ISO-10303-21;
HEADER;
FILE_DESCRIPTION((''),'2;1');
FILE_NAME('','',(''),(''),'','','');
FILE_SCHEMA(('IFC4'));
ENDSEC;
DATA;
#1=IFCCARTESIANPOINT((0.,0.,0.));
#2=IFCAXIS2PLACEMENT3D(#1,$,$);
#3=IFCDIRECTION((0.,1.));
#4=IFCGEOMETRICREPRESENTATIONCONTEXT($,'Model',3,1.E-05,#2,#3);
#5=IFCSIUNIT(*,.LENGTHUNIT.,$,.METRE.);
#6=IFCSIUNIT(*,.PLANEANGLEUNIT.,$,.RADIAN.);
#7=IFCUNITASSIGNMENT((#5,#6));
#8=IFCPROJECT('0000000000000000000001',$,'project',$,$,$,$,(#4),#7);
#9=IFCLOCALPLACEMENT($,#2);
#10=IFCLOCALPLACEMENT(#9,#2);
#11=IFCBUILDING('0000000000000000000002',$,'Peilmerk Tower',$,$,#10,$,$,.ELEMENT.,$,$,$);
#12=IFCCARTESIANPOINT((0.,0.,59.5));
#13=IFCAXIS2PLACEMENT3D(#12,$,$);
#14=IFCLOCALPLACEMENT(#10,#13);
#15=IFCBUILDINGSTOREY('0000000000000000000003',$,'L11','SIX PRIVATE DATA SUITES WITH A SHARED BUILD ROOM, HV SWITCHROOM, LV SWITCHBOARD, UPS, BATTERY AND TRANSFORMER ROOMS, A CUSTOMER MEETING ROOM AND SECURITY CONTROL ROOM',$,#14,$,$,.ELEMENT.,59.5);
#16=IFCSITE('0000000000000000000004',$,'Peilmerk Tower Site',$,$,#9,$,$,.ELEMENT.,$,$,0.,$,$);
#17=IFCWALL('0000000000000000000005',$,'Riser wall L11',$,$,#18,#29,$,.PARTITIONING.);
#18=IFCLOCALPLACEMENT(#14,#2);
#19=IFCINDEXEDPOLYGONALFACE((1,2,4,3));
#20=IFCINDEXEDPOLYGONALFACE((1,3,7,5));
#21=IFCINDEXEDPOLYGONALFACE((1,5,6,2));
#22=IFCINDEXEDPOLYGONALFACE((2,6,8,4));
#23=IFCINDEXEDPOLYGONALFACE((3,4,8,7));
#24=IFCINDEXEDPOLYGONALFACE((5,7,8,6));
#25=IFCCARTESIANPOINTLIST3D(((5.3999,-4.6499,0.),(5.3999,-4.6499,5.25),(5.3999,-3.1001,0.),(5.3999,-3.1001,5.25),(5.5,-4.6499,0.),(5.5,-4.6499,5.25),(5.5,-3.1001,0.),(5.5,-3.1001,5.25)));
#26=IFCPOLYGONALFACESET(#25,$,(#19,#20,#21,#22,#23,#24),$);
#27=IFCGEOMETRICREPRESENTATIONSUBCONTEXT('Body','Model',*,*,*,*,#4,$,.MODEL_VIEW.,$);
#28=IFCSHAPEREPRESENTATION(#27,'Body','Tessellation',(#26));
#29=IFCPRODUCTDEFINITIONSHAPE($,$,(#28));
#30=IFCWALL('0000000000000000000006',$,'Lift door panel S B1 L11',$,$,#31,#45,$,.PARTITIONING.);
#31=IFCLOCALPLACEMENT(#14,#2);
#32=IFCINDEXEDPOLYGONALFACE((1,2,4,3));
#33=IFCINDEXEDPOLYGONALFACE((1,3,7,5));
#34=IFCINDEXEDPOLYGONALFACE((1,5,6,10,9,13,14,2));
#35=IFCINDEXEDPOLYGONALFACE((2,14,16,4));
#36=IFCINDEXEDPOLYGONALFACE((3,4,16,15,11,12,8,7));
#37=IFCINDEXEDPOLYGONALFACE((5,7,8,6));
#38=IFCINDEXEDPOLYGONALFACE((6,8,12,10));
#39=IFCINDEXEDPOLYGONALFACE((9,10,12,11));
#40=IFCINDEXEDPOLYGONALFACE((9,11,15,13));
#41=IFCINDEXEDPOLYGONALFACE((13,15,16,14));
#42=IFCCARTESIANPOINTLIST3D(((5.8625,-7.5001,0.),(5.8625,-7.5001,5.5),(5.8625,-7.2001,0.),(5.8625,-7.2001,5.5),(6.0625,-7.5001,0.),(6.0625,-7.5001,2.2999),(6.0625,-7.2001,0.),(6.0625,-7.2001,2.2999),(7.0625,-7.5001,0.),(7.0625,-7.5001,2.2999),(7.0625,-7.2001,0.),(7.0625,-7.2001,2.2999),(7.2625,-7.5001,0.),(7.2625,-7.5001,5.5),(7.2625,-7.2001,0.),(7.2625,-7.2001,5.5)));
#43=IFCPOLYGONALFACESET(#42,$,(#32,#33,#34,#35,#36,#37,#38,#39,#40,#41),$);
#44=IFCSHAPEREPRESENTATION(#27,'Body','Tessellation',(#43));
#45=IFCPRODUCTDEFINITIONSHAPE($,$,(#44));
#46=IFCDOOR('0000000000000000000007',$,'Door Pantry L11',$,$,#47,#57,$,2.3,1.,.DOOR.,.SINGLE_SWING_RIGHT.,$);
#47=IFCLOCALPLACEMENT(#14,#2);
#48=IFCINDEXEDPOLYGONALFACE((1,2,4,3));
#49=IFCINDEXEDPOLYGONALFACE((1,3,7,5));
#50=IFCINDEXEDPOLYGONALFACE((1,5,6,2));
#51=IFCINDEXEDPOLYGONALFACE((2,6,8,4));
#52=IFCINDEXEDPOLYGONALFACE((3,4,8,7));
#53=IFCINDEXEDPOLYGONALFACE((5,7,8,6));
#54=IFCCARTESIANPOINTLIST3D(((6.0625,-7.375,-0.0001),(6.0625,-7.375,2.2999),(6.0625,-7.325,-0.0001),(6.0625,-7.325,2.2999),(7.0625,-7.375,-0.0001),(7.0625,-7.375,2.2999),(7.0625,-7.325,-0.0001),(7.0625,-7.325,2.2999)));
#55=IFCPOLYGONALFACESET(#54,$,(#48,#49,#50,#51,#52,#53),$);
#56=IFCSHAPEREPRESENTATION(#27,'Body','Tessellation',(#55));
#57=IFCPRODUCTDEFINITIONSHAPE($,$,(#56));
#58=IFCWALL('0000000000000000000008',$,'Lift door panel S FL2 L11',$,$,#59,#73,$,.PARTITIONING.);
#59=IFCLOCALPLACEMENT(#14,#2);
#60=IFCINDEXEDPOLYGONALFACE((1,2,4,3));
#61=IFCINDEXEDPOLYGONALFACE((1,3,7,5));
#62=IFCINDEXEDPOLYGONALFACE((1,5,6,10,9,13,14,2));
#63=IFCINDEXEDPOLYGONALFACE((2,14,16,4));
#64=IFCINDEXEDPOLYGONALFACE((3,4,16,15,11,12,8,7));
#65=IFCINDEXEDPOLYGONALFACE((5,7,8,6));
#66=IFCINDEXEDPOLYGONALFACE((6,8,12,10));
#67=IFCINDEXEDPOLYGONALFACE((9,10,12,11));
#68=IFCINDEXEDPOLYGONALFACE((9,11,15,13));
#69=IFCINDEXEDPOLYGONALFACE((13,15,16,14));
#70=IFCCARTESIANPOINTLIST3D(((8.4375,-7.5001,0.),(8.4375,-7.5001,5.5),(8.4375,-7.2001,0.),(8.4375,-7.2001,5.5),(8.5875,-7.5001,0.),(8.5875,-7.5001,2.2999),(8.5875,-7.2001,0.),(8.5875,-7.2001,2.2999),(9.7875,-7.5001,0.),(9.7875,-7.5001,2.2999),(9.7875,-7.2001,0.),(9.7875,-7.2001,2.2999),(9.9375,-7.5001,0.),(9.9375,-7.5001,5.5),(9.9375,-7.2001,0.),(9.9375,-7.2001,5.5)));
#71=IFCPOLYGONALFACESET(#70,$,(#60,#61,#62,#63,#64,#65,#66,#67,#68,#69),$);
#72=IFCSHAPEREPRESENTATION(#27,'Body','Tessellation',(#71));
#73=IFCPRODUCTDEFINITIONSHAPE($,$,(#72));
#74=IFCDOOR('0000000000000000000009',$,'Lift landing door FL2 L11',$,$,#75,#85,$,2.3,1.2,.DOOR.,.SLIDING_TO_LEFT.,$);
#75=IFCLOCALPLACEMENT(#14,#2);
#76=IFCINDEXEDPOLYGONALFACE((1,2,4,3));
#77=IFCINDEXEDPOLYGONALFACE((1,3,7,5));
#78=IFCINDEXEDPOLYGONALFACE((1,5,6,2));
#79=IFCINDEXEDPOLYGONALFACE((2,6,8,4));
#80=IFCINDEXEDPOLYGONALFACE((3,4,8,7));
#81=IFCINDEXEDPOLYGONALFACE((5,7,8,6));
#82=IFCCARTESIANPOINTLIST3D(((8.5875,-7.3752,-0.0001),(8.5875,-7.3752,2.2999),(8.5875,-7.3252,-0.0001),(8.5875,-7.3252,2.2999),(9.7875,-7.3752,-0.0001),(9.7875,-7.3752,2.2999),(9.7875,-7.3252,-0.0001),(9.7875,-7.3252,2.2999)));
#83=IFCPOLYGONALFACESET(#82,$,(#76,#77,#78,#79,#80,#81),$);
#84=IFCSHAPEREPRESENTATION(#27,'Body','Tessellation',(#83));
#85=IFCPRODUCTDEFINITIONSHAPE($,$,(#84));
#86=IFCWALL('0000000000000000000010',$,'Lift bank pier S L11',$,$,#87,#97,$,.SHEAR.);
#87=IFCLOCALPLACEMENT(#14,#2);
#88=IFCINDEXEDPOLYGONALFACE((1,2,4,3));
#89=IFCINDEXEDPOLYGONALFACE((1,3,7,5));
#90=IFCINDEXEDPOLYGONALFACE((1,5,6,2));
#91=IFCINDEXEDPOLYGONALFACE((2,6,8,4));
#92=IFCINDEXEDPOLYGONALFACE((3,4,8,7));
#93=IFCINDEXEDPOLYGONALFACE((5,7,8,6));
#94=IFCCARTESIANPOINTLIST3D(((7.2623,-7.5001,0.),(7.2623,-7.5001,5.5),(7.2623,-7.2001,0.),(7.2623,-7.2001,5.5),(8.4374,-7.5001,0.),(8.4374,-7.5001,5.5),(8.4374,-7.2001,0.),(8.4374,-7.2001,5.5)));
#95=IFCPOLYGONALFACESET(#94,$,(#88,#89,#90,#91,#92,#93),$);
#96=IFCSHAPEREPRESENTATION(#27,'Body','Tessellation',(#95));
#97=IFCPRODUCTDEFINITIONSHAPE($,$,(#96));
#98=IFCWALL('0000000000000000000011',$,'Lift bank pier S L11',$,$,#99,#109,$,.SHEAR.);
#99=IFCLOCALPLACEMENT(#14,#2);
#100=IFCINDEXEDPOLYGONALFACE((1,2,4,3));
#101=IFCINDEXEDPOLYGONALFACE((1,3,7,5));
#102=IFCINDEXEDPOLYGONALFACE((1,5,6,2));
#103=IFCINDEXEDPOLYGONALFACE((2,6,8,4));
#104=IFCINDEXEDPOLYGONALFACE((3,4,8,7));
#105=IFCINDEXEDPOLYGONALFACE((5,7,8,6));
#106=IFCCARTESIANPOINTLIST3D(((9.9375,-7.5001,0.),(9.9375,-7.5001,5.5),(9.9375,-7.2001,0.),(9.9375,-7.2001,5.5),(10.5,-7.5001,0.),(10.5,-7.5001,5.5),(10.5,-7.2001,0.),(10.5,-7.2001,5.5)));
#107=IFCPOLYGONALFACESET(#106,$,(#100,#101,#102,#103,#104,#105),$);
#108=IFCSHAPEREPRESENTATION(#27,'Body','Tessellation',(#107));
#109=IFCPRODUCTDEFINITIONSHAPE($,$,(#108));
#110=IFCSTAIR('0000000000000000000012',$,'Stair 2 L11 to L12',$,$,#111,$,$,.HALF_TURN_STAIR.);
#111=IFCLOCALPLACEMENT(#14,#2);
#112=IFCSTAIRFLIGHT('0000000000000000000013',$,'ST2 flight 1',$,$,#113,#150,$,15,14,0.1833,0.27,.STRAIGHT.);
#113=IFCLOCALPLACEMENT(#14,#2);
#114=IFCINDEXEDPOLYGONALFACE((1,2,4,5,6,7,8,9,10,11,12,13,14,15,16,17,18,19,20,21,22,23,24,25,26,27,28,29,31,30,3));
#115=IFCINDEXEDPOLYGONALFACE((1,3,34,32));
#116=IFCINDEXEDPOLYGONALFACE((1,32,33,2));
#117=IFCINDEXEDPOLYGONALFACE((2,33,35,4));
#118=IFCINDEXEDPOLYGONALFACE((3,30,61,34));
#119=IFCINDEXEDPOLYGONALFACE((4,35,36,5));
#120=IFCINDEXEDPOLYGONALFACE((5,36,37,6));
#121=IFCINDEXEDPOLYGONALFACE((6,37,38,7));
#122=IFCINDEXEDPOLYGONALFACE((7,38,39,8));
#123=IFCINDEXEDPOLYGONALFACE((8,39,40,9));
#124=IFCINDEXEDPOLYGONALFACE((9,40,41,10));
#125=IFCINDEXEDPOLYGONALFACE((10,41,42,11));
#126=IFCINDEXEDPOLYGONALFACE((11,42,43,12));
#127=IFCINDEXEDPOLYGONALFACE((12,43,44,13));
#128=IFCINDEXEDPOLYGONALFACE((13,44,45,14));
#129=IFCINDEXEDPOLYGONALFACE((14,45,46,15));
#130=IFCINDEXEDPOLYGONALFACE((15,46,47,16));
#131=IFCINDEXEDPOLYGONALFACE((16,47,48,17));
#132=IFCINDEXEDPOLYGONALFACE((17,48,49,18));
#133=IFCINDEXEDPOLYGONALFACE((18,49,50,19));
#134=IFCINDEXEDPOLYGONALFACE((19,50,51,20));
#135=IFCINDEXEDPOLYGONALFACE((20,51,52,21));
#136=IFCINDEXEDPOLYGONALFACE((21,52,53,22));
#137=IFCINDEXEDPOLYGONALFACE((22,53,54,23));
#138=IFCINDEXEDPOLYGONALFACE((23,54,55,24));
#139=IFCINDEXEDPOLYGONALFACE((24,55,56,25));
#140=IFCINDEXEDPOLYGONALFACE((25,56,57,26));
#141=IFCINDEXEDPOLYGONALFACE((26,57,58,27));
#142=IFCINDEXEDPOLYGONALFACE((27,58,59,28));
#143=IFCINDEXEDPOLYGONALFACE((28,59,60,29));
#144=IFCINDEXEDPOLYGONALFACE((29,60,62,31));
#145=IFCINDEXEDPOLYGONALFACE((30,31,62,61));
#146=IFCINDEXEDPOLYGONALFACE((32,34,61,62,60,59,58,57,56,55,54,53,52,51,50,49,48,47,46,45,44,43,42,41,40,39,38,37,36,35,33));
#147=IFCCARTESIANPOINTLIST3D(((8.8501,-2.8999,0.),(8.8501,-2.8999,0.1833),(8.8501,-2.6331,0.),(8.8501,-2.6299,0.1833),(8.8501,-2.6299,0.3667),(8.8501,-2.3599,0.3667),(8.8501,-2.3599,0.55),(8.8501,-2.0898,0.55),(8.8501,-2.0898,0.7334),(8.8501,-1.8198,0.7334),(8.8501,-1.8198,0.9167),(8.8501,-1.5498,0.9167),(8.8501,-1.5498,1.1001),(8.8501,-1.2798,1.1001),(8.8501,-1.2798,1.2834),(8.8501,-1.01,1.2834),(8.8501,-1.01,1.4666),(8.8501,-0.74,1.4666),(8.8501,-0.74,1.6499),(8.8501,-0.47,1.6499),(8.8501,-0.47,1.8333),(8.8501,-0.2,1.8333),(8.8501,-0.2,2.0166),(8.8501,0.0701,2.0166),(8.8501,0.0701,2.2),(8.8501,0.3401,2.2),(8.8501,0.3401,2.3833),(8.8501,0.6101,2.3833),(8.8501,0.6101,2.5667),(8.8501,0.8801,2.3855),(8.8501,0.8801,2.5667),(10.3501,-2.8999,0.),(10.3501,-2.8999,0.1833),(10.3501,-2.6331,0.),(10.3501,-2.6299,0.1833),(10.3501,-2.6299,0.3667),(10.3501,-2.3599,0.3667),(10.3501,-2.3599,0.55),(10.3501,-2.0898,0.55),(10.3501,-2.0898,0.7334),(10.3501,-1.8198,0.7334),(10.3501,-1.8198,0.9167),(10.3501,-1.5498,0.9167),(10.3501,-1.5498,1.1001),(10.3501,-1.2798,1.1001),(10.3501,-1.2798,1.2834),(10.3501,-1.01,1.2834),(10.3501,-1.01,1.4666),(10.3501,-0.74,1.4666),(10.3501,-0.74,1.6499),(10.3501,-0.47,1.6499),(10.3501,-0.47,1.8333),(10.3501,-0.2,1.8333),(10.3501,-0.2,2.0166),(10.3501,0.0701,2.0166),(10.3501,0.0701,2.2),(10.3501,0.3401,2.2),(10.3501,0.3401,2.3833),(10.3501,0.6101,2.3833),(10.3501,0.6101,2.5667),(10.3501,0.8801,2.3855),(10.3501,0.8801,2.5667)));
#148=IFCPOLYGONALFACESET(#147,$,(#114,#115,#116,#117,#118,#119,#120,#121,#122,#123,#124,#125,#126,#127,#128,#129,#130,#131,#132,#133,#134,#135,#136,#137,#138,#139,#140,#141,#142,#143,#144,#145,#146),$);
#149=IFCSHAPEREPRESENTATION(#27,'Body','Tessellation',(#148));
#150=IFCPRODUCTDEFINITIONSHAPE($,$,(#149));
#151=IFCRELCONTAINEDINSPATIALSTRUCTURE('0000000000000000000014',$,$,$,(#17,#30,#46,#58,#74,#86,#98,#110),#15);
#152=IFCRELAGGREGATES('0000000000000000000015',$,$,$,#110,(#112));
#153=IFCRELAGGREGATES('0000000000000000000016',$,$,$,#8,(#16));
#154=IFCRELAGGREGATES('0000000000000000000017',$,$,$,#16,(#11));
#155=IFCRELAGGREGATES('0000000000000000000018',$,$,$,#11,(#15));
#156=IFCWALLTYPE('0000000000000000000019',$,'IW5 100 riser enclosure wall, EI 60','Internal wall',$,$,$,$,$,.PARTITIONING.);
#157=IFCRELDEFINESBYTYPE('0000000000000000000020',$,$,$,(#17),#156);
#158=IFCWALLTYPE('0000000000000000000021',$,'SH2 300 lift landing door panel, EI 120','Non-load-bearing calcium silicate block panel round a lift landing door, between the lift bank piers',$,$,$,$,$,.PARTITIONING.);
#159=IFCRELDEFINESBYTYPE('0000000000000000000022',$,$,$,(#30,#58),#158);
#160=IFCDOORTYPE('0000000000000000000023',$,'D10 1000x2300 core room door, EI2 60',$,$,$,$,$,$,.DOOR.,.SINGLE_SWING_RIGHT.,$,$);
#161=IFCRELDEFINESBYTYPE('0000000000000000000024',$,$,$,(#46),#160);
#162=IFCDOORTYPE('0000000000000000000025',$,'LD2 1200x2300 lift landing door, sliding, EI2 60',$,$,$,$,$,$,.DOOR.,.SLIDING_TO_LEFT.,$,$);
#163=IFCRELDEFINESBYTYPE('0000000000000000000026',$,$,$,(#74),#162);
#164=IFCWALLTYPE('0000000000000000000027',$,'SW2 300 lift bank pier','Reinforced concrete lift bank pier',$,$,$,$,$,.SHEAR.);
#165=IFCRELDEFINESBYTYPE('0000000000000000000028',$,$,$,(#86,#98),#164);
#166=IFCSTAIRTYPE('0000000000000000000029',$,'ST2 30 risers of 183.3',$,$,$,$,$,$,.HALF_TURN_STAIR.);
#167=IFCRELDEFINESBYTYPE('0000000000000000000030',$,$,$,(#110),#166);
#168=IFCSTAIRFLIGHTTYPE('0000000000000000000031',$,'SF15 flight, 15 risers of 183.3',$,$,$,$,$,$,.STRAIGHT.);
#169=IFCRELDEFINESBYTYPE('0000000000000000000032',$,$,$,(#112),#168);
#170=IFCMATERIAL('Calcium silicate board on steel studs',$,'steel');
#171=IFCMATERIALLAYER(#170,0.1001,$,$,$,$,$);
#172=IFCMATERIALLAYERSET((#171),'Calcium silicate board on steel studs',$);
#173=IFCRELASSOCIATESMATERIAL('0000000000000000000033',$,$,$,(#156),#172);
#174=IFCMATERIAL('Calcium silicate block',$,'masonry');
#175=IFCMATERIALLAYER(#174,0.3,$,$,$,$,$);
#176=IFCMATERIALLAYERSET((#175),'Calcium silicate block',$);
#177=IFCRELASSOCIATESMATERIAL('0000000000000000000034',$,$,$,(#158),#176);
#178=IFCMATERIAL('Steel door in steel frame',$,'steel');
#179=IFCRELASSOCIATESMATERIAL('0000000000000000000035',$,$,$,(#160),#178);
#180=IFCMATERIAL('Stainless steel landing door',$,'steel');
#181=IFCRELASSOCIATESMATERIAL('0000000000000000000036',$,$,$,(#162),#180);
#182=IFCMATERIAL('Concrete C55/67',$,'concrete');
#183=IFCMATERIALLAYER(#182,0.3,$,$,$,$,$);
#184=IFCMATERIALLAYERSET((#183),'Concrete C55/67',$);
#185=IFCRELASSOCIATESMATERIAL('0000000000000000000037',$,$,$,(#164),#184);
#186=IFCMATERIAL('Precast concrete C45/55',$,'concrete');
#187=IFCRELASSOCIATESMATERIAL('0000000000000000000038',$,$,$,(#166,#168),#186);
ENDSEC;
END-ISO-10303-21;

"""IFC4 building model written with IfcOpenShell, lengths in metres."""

from ifc_helpers import new_model, si_unit, direction, frame, frame_2d, origin, place, context, subcontext, project, spatial, polyline, rectangle, outline, extrude, material, layer, layer_set, type_object, element, fill, aggregate, save


model = new_model("IFC4")

# Units and contexts
model_context = context("Model", 3, precision=1e-05, world=origin(), true_north=direction((0.0, 1.0)))
body_context = subcontext(model_context, "Body", "Model", "MODEL_VIEW")
ifc_project = project(units=[si_unit("LENGTHUNIT", "METRE"), si_unit("PLANEANGLEUNIT", "RADIAN")], contexts=[model_context])

# Site, building, storey
site_placement = place(None, origin())
site = spatial("IfcSite", under=ifc_project, at=site_placement, Name="Peilmerk Tower Site", CompositionType="ELEMENT", RefElevation=0.0)
building_placement = place(site_placement, origin())
building = spatial("IfcBuilding", under=site, at=building_placement, Name="Peilmerk Tower", CompositionType="ELEMENT")
storey_placement = place(building_placement, frame((0.0, 0.0, 59.5)))
storey = spatial("IfcBuildingStorey", under=building, at=storey_placement, Name="L11", Description="SIX PRIVATE DATA SUITES WITH A SHARED BUILD ROOM, HV SWITCHROOM, LV SWITCHBOARD, UPS, BATTERY AND TRANSFORMER ROOMS, A CUSTOMER MEETING ROOM AND SECURITY CONTROL ROOM", CompositionType="ELEMENT", Elevation=59.5)

# Shared definitions
ifc_material_1 = material(Name="Steel door in steel frame", Category="steel")

# Shared definitions
ifc_material_2 = material(Name="Calcium silicate board on steel studs", Category="steel")
ifc_layer_1 = layer(ifc_material_2, 0.1001)
ifc_layer_set_1 = layer_set([ifc_layer_1], Name="Calcium silicate board on steel studs")
wall_type_1 = type_object("IfcWallType", Name="IW5 100 riser enclosure wall, EI 60", Description="Internal wall", PredefinedType="PARTITIONING", material=ifc_layer_set_1)

# Wall
wall_1_placement = place(storey_placement, frame((5.45, -3.1001, 0.0), z_axis=(0.0, 0.0, 1.0), x_axis=(0.0, -1.0, 0.0)))
element("IfcWall", 1, at=wall_1_placement, inside=storey, type_object=wall_type_1, Name="Riser wall L11", PredefinedType="PARTITIONING", context=body_context, shape_type="SweptSolid", body=[
    extrude(rectangle(XDim=1.5498, YDim=0.1001, at=frame_2d((0.7749, 0.0))), origin(), (0.0, 0.0, 1.0), 5.25),
])

# Walls, openings, doors
ifc_material_3 = material(Name="Calcium silicate block", Category="masonry")
ifc_layer_2 = layer(ifc_material_3, 0.3)
ifc_layer_set_2 = layer_set([ifc_layer_2], Name="Calcium silicate block")
wall_type_2 = type_object("IfcWallType", Name="SH2 300 lift landing door panel, EI 120", Description="Non-load-bearing calcium silicate block panel round a lift landing door, between the lift bank piers", PredefinedType="PARTITIONING", material=ifc_layer_set_2)
wall_2_placement = place(storey_placement, frame((5.8625, -7.3501, 0.0), z_axis=(0.0, 0.0, 1.0), x_axis=(1.0, 0.0, 0.0)))
wall_2 = element("IfcWall", 2, at=wall_2_placement, inside=storey, type_object=wall_type_2, Name="Lift door panel S B1 L11", PredefinedType="PARTITIONING", context=body_context, shape_type="SweptSolid", body=[
    extrude(rectangle(XDim=1.3999, YDim=0.3, at=frame_2d((0.7, 0.0))), origin(), (0.0, 0.0, 1.0), 5.5),
])
opening_1_placement = place(wall_2_placement, frame((0.2, 0.0, 0.0)))
opening_1 = element("IfcOpeningElement", 3, at=opening_1_placement, cuts=wall_2, PredefinedType="OPENING", context=body_context, shape_type="SweptSolid", body=[
    extrude(rectangle(XDim=1.0, YDim=2.3, at=frame_2d((0.5, 1.1499))), frame((0.0, 0.1599, 0.0), z_axis=(0.0, -1.0, 0.0), x_axis=(1.0, 0.0, 0.0)), (0.0, 0.0, 1.0), 0.3201),
])
door_type_1 = type_object("IfcDoorType", Name="D10 1000x2300 core room door, EI2 60", OperationType="SINGLE_SWING_RIGHT", PredefinedType="DOOR", material=ifc_material_1)
door_1_placement = place(opening_1_placement, frame((1.0, 0.0, 0.0), z_axis=(0.0, 0.0, 1.0), x_axis=(-1.0, 0.0, 0.0)))
door_1 = element("IfcDoor", 4, at=door_1_placement, inside=storey, type_object=door_type_1, Name="Door Pantry L11", OperationType="SINGLE_SWING_RIGHT", OverallHeight=2.3, OverallWidth=1.0, PredefinedType="DOOR", context=body_context, shape_type="SweptSolid", body=[
    extrude(rectangle(XDim=1.0, YDim=2.3, at=frame_2d((0.5, 1.1499))), frame((0.0, 0.0249, 0.0), z_axis=(0.0, -1.0, 0.0), x_axis=(1.0, 0.0, 0.0)), (0.0, 0.0, 1.0), 0.05),
])
fill(opening_1, door_1)
wall_3_placement = place(storey_placement, frame((8.4375, -7.3501, 0.0), z_axis=(0.0, 0.0, 1.0), x_axis=(1.0, 0.0, 0.0)))
wall_3 = element("IfcWall", 5, at=wall_3_placement, inside=storey, type_object=wall_type_2, Name="Lift door panel S FL2 L11", PredefinedType="PARTITIONING", context=body_context, shape_type="SweptSolid", body=[
    extrude(rectangle(XDim=1.5, YDim=0.3, at=frame_2d((0.75, 0.0))), origin(), (0.0, 0.0, 1.0), 5.5),
])
opening_2_placement = place(wall_3_placement, frame((0.1499, 0.0, 0.0)))
opening_2 = element("IfcOpeningElement", 6, at=opening_2_placement, cuts=wall_3, PredefinedType="OPENING", context=body_context, shape_type="SweptSolid", body=[
    extrude(rectangle(XDim=1.2, YDim=2.3, at=frame_2d((0.6001, 1.1499))), frame((0.0, 0.1599, 0.0), z_axis=(0.0, -1.0, 0.0), x_axis=(1.0, 0.0, 0.0)), (0.0, 0.0, 1.0), 0.3201),
])
ifc_material_4 = material(Name="Stainless steel landing door", Category="steel")
door_type_2 = type_object("IfcDoorType", Name="LD2 1200x2300 lift landing door, sliding, EI2 60", OperationType="SLIDING_TO_LEFT", PredefinedType="DOOR", material=ifc_material_4)
door_2_placement = place(opening_2_placement, origin())
door_2 = element("IfcDoor", 7, at=door_2_placement, inside=storey, type_object=door_type_2, Name="Lift landing door FL2 L11", OperationType="SLIDING_TO_LEFT", OverallHeight=2.3, OverallWidth=1.2, PredefinedType="DOOR", context=body_context, shape_type="SweptSolid", body=[
    extrude(rectangle(XDim=1.2, YDim=2.3, at=frame_2d((0.6001, 1.1499))), frame((0.0, 0.0249, 0.0), z_axis=(0.0, -1.0, 0.0), x_axis=(1.0, 0.0, 0.0)), (0.0, 0.0, 1.0), 0.05),
])
fill(opening_2, door_2)

# Walls
ifc_material_5 = material(Name="Concrete C55/67", Category="concrete")
ifc_layer_3 = layer(ifc_material_5, 0.3)
ifc_layer_set_3 = layer_set([ifc_layer_3], Name="Concrete C55/67")
wall_type_3 = type_object("IfcWallType", Name="SW2 300 lift bank pier", Description="Reinforced concrete lift bank pier", PredefinedType="SHEAR", material=ifc_layer_set_3)
wall_4_placement = place(storey_placement, frame((7.2625, -7.3501, 0.0), z_axis=(0.0, 0.0, 1.0), x_axis=(1.0, 0.0, 0.0)))
element("IfcWall", 8, at=wall_4_placement, inside=storey, type_object=wall_type_3, Name="Lift bank pier S L11", PredefinedType="SHEAR", context=body_context, shape_type="SweptSolid", body=[
    extrude(rectangle(XDim=1.175, YDim=0.3, at=frame_2d((0.5874, 0.0))), origin(), (0.0, 0.0, 1.0), 5.5),
])
wall_5_placement = place(storey_placement, frame((9.9375, -7.3501, 0.0), z_axis=(0.0, 0.0, 1.0), x_axis=(1.0, 0.0, 0.0)))
element("IfcWall", 9, at=wall_5_placement, inside=storey, type_object=wall_type_3, Name="Lift bank pier S L11", PredefinedType="SHEAR", context=body_context, shape_type="SweptSolid", body=[
    extrude(rectangle(XDim=0.5625, YDim=0.3, at=frame_2d((0.2812, 0.0))), origin(), (0.0, 0.0, 1.0), 5.5),
])

# Stair, stair flight
ifc_material_6 = material(Name="Precast concrete C45/55", Category="concrete")
stair_type = type_object("IfcStairType", Name="ST2 30 risers of 183.3", PredefinedType="HALF_TURN_STAIR", material=ifc_material_6)
stair_placement = place(storey_placement, origin())
stair = element("IfcStair", 10, at=stair_placement, inside=storey, type_object=stair_type, Name="Stair 2 L11 to L12", PredefinedType="HALF_TURN_STAIR")
stair_flight_type = type_object("IfcStairFlightType", Name="SF15 flight, 15 risers of 183.3", PredefinedType="STRAIGHT", material=ifc_material_6)
stair_flight_placement = place(storey_placement, frame((9.6001, -2.8999, 0.0), z_axis=(0.0, 0.0, 1.0), x_axis=(0.0, 1.0, 0.0)))
stair_flight = element("IfcStairFlight", 11, at=stair_flight_placement, type_object=stair_flight_type, Name="ST2 flight 1", NumberOfRisers=15, NumberOfTreads=14, PredefinedType="STRAIGHT", RiserHeight=0.1833, TreadLength=0.27, context=body_context, shape_type="SweptSolid", body=[
    extrude(outline(polyline([(0.0, 0.0), (0.0, 0.1833), (0.27, 0.1833), (0.27, 0.3667), (0.54, 0.3667), (0.54, 0.55), (0.8101, 0.55), (0.8101, 0.7334), (1.0801, 0.7334), (1.0801, 0.9167), (1.3501, 0.9167), (1.3501, 1.1001), (1.6201, 1.1001), (1.6201, 1.2834), (1.8899, 1.2834), (1.8899, 1.4666), (2.1599, 1.4666), (2.1599, 1.6499), (2.4299, 1.6499), (2.4299, 1.8333), (2.7, 1.8333), (2.7, 2.0166), (2.97, 2.0166), (2.97, 2.2), (3.24, 2.2), (3.24, 2.3833), (3.51, 2.3833), (3.51, 2.5667), (3.78, 2.5667), (3.78, 2.75), (3.78, 2.3855), (0.2668, 0.0), (0.0, 0.0)])), frame((0.0, 0.75, 0.0), z_axis=(0.0, -1.0, 0.0), x_axis=(1.0, 0.0, 0.0)), (0.0, 0.0, 1.0), 1.5),
])
aggregate(stair, [stair_flight])

save(model, "model.ifc")
